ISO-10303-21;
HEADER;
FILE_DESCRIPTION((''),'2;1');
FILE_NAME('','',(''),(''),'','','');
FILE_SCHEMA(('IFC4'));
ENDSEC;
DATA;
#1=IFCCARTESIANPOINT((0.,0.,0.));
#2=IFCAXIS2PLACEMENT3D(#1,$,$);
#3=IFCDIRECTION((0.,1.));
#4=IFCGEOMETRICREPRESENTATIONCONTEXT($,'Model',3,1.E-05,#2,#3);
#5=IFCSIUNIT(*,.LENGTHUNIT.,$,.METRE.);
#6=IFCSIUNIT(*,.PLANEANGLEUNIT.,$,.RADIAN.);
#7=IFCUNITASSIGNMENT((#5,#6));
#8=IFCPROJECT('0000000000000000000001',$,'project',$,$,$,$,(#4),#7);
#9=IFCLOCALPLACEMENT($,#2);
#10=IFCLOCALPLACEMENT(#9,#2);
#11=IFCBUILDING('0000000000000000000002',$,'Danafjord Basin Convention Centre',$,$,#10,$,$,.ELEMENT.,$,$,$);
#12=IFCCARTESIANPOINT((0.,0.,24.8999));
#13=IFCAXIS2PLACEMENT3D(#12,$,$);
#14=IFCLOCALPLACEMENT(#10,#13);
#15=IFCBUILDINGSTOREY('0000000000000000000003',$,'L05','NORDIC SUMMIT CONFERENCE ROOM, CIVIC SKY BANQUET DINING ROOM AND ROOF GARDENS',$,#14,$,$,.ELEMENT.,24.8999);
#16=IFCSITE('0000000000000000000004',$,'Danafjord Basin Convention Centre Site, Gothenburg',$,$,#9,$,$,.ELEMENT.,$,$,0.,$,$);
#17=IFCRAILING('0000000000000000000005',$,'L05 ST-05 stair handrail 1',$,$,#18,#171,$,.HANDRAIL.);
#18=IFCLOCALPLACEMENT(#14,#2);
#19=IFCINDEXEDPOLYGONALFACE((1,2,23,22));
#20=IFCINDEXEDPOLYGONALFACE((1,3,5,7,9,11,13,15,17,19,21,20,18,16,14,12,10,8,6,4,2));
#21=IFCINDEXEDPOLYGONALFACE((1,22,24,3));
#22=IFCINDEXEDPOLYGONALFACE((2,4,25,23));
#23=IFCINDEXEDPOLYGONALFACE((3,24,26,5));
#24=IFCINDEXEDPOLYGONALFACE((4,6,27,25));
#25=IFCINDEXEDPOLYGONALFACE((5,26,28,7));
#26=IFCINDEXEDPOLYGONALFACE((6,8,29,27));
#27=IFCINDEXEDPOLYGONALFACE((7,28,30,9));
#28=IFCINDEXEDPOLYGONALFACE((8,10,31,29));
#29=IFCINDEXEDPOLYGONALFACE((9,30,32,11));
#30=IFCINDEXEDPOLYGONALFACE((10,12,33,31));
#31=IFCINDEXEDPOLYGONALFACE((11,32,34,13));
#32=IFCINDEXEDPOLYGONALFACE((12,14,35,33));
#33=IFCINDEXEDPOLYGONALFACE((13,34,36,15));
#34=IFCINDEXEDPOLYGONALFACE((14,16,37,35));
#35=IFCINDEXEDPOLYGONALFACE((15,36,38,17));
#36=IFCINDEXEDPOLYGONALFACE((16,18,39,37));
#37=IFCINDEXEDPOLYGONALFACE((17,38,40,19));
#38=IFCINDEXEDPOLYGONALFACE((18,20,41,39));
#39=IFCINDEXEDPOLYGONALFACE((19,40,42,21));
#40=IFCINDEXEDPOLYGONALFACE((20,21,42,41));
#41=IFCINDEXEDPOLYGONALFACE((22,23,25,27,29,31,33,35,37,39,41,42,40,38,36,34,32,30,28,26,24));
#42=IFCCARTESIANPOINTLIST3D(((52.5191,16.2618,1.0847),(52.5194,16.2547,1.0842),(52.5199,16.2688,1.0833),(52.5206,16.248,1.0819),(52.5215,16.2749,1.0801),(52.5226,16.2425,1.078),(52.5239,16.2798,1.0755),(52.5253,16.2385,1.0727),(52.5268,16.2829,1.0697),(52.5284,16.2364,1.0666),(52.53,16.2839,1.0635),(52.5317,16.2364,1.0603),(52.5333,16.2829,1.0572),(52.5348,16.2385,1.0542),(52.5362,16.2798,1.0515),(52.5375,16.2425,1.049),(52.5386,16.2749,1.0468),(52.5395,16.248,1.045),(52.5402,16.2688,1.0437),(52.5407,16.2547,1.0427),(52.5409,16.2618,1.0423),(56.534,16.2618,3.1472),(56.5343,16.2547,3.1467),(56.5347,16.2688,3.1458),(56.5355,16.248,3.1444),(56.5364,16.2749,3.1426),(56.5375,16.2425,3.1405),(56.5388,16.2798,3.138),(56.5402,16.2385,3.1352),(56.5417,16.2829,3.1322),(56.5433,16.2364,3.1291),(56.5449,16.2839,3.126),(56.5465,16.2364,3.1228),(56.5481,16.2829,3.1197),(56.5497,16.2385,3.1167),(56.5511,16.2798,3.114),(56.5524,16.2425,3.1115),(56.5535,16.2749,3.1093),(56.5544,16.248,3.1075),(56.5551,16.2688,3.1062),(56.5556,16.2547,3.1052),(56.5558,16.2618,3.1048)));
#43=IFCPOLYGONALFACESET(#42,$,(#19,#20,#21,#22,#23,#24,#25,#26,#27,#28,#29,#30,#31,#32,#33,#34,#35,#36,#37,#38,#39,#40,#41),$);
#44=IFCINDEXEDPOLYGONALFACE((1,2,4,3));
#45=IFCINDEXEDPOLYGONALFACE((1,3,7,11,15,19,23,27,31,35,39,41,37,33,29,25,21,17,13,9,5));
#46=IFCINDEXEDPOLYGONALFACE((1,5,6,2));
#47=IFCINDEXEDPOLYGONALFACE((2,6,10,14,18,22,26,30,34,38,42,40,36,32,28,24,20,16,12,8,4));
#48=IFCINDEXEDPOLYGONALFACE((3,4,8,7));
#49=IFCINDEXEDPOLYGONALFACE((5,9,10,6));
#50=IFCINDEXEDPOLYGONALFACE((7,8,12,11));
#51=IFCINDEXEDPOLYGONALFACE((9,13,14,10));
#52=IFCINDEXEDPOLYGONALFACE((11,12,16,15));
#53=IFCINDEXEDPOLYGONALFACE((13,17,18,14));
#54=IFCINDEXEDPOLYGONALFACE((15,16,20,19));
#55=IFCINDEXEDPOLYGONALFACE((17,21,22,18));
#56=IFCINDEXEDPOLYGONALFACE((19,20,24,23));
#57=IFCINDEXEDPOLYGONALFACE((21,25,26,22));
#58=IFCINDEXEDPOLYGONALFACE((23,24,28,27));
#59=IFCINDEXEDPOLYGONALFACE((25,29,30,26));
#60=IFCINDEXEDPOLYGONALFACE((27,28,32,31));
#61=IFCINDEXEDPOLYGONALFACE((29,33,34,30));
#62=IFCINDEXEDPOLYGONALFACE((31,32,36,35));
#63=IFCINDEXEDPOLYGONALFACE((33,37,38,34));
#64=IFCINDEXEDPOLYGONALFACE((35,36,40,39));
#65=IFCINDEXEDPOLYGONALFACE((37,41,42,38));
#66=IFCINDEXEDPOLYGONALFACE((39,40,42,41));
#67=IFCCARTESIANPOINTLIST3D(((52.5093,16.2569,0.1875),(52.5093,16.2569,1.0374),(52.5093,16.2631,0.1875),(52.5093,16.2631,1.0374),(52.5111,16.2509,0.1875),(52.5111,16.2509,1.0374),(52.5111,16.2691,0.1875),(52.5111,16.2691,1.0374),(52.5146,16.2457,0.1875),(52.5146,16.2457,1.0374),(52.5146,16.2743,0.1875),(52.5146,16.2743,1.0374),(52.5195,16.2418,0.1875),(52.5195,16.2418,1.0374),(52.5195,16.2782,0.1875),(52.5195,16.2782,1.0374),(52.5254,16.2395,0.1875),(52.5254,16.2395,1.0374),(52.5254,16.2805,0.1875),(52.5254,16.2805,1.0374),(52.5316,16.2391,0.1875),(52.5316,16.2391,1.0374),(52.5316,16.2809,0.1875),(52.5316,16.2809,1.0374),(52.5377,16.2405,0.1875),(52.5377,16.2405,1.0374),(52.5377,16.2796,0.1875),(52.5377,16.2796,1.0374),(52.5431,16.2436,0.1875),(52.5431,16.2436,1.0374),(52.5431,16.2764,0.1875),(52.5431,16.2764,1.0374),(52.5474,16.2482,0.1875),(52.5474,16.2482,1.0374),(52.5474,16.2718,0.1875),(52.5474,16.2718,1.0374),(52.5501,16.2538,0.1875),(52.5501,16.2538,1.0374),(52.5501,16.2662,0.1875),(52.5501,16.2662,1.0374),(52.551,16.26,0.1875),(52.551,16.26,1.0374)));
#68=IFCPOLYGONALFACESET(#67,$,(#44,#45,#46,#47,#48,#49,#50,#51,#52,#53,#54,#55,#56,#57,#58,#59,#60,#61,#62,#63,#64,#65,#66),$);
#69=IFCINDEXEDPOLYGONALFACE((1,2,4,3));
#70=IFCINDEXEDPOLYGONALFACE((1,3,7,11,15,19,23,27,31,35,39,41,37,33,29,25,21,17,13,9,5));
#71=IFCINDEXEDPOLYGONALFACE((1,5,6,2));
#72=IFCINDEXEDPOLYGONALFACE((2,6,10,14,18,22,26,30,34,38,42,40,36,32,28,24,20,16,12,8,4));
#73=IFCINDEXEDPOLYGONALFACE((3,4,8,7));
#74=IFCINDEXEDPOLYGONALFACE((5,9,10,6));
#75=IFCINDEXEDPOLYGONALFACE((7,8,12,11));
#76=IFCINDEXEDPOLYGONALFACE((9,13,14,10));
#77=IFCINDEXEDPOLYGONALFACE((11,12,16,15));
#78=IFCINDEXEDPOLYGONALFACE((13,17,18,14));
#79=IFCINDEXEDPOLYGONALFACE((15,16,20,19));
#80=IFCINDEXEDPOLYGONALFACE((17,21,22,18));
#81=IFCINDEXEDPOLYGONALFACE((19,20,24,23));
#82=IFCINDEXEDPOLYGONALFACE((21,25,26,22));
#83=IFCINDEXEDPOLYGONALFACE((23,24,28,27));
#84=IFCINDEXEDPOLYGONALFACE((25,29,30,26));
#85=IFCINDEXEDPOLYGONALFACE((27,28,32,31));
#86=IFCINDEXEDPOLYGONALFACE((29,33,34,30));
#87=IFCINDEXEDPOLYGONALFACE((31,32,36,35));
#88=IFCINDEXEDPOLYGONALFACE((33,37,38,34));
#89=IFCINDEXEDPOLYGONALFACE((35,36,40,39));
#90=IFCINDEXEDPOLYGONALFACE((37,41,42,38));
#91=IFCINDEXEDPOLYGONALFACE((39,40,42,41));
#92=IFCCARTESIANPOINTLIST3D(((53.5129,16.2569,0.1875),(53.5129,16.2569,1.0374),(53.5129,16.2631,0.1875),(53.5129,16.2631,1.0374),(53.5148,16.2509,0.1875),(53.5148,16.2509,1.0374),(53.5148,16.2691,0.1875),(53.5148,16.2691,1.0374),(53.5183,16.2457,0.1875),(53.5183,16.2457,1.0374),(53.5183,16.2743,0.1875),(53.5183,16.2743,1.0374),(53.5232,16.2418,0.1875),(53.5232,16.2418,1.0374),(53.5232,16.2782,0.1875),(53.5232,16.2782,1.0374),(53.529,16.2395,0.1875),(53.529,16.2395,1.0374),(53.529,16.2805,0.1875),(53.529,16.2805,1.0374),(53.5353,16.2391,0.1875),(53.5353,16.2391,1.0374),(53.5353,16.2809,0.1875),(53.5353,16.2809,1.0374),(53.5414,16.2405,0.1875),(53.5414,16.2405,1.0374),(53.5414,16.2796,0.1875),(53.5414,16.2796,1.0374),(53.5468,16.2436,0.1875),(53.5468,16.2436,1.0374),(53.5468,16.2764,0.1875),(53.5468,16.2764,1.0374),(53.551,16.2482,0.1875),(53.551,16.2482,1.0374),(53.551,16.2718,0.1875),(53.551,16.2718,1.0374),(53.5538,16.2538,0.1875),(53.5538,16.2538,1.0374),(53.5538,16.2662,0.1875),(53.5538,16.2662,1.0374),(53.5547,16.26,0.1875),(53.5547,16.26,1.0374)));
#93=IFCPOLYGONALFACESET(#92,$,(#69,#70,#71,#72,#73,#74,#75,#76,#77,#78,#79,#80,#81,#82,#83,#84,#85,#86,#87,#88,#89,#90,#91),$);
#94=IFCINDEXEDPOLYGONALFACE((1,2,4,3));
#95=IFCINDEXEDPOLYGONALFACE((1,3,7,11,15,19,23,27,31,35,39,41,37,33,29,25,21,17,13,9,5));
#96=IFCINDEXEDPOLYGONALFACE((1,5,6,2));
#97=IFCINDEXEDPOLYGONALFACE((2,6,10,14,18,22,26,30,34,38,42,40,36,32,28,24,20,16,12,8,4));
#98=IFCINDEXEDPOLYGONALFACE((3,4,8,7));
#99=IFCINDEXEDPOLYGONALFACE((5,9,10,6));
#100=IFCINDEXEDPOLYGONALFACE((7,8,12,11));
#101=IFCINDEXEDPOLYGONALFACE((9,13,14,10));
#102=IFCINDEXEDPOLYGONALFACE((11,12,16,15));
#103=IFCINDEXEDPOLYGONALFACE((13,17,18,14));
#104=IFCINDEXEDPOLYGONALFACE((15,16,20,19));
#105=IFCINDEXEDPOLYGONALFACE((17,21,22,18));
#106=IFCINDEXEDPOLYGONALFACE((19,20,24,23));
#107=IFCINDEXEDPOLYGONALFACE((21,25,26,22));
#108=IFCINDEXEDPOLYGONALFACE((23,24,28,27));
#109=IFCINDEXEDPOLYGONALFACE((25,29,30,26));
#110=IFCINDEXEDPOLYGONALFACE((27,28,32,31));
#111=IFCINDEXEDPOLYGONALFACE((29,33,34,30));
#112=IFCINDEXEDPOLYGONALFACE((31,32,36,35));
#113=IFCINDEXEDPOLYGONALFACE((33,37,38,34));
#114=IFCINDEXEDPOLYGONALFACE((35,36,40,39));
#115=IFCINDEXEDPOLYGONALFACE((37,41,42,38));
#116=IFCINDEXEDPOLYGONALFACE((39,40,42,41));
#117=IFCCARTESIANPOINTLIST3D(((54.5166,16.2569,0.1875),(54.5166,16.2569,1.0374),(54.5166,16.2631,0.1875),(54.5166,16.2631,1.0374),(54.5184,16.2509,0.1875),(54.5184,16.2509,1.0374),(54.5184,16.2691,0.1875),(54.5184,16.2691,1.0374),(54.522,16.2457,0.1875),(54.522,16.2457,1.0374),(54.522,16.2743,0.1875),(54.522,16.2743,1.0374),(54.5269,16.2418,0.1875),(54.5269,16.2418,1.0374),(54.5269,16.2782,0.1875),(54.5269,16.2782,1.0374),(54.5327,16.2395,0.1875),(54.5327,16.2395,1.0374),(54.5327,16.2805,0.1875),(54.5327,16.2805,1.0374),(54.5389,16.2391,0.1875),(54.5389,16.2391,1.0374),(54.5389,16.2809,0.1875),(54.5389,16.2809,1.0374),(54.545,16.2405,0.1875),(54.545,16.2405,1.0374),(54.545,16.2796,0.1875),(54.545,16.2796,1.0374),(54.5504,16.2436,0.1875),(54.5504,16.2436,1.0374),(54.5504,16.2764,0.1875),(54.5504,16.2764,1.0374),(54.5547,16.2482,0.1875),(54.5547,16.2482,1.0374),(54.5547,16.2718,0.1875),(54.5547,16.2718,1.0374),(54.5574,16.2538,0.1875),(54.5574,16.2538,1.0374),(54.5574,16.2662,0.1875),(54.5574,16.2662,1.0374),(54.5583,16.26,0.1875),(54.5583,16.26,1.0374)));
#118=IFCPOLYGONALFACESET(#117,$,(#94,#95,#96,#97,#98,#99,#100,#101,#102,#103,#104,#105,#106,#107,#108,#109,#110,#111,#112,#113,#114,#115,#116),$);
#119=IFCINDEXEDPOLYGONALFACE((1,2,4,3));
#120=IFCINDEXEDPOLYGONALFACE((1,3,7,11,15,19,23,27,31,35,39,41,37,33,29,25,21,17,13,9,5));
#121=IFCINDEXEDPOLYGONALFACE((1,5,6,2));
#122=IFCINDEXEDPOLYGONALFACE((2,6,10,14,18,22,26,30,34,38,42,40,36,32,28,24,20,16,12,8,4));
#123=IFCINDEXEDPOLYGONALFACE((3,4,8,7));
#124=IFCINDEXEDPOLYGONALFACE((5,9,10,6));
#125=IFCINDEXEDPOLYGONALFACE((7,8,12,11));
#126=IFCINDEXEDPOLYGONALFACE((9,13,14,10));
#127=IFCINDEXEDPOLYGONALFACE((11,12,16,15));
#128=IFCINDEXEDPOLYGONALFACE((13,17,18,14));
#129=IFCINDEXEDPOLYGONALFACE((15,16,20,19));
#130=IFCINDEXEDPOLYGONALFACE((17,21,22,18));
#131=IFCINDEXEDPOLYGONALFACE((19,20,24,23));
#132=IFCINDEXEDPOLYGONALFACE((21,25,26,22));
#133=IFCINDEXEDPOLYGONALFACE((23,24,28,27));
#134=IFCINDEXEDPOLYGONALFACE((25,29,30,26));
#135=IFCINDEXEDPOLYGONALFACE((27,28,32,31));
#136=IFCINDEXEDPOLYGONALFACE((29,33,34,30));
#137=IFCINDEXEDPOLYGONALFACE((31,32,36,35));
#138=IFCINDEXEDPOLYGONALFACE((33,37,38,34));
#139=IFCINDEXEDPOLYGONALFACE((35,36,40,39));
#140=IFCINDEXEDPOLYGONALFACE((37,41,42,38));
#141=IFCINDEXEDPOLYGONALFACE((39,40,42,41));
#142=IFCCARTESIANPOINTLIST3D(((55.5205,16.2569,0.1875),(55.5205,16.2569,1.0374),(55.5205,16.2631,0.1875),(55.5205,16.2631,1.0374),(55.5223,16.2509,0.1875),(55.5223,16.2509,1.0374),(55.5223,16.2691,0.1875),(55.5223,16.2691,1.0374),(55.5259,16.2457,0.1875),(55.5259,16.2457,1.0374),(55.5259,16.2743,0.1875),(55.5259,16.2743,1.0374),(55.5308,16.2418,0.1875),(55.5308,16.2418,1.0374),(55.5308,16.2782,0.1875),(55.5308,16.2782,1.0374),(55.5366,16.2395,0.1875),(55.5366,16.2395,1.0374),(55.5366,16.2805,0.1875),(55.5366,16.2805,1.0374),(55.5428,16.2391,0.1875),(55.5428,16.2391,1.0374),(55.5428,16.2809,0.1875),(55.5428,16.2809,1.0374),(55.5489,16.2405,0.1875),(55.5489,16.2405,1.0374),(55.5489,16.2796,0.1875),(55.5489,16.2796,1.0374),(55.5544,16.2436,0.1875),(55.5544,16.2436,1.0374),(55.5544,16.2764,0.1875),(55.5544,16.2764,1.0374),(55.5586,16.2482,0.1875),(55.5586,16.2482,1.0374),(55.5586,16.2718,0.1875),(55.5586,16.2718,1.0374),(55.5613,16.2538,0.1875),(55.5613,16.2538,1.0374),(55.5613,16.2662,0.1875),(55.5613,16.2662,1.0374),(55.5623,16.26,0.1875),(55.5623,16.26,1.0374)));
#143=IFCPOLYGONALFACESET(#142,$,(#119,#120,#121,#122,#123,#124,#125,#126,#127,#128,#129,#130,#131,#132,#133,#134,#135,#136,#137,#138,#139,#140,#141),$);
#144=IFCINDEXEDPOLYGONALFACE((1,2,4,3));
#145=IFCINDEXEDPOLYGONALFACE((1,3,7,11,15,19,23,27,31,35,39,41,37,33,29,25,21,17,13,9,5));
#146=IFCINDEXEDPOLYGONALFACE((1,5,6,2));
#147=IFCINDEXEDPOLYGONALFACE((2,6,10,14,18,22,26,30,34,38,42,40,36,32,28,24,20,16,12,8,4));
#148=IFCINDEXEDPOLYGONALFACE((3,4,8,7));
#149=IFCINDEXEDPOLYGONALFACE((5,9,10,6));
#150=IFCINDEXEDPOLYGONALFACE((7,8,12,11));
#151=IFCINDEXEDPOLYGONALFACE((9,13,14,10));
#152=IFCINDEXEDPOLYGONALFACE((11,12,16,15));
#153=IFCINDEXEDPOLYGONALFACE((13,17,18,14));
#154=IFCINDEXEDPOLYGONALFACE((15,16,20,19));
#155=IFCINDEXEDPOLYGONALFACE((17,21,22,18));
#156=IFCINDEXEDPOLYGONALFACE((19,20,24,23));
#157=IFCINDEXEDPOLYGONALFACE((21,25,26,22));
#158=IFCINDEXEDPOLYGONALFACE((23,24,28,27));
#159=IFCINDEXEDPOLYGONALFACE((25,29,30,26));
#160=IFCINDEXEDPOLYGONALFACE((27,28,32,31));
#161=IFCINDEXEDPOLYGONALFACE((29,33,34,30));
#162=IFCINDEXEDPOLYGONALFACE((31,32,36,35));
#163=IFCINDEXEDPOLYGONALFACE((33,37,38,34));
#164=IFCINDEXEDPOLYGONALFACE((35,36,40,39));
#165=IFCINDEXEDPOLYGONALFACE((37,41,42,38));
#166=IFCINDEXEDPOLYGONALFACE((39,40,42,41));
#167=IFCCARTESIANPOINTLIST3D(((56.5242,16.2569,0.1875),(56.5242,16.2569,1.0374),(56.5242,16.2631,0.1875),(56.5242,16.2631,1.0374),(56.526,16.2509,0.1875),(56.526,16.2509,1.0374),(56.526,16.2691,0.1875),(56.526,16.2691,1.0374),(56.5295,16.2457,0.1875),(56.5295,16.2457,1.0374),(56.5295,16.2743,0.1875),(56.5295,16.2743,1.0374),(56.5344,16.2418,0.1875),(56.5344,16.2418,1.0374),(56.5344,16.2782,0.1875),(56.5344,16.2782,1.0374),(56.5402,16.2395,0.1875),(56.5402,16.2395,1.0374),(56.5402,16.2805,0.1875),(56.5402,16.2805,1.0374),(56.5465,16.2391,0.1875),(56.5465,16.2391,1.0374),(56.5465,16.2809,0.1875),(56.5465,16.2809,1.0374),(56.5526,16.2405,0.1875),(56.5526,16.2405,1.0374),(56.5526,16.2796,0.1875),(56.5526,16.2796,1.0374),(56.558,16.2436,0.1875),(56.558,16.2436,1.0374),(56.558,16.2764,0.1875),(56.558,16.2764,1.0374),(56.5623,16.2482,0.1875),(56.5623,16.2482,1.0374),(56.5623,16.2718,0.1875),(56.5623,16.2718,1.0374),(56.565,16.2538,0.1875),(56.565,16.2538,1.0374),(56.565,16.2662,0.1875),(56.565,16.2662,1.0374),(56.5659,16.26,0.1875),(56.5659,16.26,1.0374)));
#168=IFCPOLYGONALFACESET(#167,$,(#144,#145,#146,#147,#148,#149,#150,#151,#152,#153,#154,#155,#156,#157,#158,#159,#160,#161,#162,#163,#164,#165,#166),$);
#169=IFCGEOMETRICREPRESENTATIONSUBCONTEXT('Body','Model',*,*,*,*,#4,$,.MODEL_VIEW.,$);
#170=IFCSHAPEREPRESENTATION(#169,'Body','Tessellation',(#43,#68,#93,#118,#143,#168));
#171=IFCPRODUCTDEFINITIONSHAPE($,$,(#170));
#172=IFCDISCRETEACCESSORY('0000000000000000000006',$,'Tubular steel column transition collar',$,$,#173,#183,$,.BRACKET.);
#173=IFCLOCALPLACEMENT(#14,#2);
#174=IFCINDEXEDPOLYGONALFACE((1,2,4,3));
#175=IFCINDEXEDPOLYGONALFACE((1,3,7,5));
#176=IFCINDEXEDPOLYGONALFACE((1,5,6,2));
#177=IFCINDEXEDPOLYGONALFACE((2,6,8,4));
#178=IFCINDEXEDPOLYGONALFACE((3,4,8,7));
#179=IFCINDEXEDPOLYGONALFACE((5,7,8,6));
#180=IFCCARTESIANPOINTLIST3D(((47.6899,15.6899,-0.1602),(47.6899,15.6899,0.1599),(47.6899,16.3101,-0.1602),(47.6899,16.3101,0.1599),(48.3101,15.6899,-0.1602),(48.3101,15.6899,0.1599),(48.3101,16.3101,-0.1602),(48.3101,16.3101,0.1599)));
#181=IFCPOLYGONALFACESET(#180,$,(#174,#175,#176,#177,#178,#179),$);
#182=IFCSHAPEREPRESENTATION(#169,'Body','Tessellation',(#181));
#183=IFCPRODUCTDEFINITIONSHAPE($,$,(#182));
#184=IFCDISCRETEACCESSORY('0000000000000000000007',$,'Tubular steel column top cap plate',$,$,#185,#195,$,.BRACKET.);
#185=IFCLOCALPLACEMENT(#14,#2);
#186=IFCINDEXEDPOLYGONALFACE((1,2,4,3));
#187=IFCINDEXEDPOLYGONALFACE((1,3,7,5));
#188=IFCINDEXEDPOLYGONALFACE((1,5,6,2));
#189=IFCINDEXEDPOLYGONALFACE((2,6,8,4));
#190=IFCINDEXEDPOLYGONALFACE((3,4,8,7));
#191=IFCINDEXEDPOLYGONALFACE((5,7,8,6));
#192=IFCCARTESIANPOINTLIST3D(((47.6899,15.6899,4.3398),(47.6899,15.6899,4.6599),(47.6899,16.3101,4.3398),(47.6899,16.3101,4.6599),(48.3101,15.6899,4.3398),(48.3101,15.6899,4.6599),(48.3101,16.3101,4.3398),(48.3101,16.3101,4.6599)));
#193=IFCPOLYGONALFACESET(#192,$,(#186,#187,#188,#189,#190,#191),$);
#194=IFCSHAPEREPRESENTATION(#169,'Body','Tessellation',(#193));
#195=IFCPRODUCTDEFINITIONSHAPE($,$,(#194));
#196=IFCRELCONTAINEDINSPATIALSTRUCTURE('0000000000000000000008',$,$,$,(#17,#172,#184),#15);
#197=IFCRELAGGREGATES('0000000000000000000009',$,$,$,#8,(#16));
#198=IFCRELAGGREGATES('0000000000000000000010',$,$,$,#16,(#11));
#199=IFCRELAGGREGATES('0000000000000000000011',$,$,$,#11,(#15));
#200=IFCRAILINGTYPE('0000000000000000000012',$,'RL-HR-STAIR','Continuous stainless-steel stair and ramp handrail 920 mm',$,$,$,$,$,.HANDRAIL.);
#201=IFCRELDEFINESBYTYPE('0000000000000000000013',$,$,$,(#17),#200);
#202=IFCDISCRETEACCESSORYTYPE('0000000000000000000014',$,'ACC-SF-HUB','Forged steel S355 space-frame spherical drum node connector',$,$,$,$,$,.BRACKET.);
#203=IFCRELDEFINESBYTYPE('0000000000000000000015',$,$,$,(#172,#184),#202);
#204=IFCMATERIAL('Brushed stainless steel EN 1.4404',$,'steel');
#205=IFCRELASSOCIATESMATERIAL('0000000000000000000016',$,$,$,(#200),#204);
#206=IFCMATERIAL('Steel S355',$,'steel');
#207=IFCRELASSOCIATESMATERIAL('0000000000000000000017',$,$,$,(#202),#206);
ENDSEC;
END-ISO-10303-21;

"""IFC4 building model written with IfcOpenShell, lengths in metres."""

from ifc_helpers import new_model, si_unit, direction, frame, origin, origin_2d, place, context, subcontext, project, spatial, rectangle, circle, extrude, material, type_object, element, save


model = new_model("IFC4")

# Units and contexts
model_context = context("Model", 3, precision=1e-05, world=origin(), true_north=direction((0.0, 1.0)))
body_context = subcontext(model_context, "Body", "Model", "MODEL_VIEW")
ifc_project = project(units=[si_unit("LENGTHUNIT", "METRE"), si_unit("PLANEANGLEUNIT", "RADIAN")], contexts=[model_context])

# Site, building, storey
site_placement = place(None, origin())
site = spatial("IfcSite", under=ifc_project, at=site_placement, Name="Danafjord Basin Convention Centre Site, Gothenburg", CompositionType="ELEMENT", RefElevation=0.0)
building_placement = place(site_placement, origin())
building = spatial("IfcBuilding", under=site, at=building_placement, Name="Danafjord Basin Convention Centre", CompositionType="ELEMENT")
storey_placement = place(building_placement, frame((0.0, 0.0, 24.8999)))
storey = spatial("IfcBuildingStorey", under=building, at=storey_placement, Name="L05", Description="NORDIC SUMMIT CONFERENCE ROOM, CIVIC SKY BANQUET DINING ROOM AND ROOF GARDENS", CompositionType="ELEMENT", Elevation=24.8999)

# Shared definitions
ifc_material_1 = material(Name="Steel S355", Category="steel")

# Railing
ifc_material_2 = material(Name="Brushed stainless steel EN 1.4404", Category="steel")
railing_type_1 = type_object("IfcRailingType", Name="RL-HR-STAIR", Description="Continuous stainless-steel stair and ramp handrail 920 mm", PredefinedType="HANDRAIL", material=ifc_material_2)
railing_1_placement = place(storey_placement, frame((52.53, 16.26, 0.1875)))
element("IfcRailing", 1, at=railing_1_placement, inside=storey, type_object=railing_type_1, Name="L05 ST-05 stair handrail 1", PredefinedType="HANDRAIL", context=body_context, shape_type="SweptSolid", body=[
    extrude(circle(Radius=0.0239, at=origin_2d()), frame((0.0, 0.0, 0.876), z_axis=(0.889495, 0.0, 0.456945), x_axis=(0.0, 1.0, 0.0)), (0.0, 0.0, 1.0), 4.5137),
    extrude(circle(Radius=0.021, at=origin_2d()), origin(), (0.0, 0.0, 1.0), 0.8499),
    extrude(circle(Radius=0.021, at=origin_2d()), frame((1.0037, 0.0, 0.0)), (0.0, 0.0, 1.0), 0.8499),
    extrude(circle(Radius=0.021, at=origin_2d()), frame((2.0073, 0.0, 0.0)), (0.0, 0.0, 1.0), 0.8499),
    extrude(circle(Radius=0.021, at=origin_2d()), frame((3.0112, 0.0, 0.0)), (0.0, 0.0, 1.0), 0.8499),
    extrude(circle(Radius=0.021, at=origin_2d()), frame((4.0149, 0.0, 0.0)), (0.0, 0.0, 1.0), 0.8499),
])

# Discrete accessories
discrete_accessory_type = type_object("IfcDiscreteAccessoryType", Name="ACC-SF-HUB", Description="Forged steel S355 space-frame spherical drum node connector", PredefinedType="BRACKET", material=ifc_material_1)
for number, where, z_axis, x_axis, name in (
    (2, (48.0, 16.0, -0.1602), (0.0, 0.0, 1.0), (1.0, 0.0, 0.0), "Tubular steel column transition collar"),
    (3, (48.0, 16.0, 4.3398), (0.0, 0.0, 1.0), (1.0, 0.0, 0.0), "Tubular steel column top cap plate"),
):
    element("IfcDiscreteAccessory", number, at=place(storey_placement, frame(where, z_axis=z_axis, x_axis=x_axis)), inside=storey, type_object=discrete_accessory_type, Name=name, PredefinedType="BRACKET", context=body_context, shape_type="SweptSolid", body=[
        extrude(rectangle(XDim=0.6201, YDim=0.6201, at=origin_2d()), origin(), (0.0, 0.0, 1.0), 0.3201),
    ])

save(model, "model.ifc")
